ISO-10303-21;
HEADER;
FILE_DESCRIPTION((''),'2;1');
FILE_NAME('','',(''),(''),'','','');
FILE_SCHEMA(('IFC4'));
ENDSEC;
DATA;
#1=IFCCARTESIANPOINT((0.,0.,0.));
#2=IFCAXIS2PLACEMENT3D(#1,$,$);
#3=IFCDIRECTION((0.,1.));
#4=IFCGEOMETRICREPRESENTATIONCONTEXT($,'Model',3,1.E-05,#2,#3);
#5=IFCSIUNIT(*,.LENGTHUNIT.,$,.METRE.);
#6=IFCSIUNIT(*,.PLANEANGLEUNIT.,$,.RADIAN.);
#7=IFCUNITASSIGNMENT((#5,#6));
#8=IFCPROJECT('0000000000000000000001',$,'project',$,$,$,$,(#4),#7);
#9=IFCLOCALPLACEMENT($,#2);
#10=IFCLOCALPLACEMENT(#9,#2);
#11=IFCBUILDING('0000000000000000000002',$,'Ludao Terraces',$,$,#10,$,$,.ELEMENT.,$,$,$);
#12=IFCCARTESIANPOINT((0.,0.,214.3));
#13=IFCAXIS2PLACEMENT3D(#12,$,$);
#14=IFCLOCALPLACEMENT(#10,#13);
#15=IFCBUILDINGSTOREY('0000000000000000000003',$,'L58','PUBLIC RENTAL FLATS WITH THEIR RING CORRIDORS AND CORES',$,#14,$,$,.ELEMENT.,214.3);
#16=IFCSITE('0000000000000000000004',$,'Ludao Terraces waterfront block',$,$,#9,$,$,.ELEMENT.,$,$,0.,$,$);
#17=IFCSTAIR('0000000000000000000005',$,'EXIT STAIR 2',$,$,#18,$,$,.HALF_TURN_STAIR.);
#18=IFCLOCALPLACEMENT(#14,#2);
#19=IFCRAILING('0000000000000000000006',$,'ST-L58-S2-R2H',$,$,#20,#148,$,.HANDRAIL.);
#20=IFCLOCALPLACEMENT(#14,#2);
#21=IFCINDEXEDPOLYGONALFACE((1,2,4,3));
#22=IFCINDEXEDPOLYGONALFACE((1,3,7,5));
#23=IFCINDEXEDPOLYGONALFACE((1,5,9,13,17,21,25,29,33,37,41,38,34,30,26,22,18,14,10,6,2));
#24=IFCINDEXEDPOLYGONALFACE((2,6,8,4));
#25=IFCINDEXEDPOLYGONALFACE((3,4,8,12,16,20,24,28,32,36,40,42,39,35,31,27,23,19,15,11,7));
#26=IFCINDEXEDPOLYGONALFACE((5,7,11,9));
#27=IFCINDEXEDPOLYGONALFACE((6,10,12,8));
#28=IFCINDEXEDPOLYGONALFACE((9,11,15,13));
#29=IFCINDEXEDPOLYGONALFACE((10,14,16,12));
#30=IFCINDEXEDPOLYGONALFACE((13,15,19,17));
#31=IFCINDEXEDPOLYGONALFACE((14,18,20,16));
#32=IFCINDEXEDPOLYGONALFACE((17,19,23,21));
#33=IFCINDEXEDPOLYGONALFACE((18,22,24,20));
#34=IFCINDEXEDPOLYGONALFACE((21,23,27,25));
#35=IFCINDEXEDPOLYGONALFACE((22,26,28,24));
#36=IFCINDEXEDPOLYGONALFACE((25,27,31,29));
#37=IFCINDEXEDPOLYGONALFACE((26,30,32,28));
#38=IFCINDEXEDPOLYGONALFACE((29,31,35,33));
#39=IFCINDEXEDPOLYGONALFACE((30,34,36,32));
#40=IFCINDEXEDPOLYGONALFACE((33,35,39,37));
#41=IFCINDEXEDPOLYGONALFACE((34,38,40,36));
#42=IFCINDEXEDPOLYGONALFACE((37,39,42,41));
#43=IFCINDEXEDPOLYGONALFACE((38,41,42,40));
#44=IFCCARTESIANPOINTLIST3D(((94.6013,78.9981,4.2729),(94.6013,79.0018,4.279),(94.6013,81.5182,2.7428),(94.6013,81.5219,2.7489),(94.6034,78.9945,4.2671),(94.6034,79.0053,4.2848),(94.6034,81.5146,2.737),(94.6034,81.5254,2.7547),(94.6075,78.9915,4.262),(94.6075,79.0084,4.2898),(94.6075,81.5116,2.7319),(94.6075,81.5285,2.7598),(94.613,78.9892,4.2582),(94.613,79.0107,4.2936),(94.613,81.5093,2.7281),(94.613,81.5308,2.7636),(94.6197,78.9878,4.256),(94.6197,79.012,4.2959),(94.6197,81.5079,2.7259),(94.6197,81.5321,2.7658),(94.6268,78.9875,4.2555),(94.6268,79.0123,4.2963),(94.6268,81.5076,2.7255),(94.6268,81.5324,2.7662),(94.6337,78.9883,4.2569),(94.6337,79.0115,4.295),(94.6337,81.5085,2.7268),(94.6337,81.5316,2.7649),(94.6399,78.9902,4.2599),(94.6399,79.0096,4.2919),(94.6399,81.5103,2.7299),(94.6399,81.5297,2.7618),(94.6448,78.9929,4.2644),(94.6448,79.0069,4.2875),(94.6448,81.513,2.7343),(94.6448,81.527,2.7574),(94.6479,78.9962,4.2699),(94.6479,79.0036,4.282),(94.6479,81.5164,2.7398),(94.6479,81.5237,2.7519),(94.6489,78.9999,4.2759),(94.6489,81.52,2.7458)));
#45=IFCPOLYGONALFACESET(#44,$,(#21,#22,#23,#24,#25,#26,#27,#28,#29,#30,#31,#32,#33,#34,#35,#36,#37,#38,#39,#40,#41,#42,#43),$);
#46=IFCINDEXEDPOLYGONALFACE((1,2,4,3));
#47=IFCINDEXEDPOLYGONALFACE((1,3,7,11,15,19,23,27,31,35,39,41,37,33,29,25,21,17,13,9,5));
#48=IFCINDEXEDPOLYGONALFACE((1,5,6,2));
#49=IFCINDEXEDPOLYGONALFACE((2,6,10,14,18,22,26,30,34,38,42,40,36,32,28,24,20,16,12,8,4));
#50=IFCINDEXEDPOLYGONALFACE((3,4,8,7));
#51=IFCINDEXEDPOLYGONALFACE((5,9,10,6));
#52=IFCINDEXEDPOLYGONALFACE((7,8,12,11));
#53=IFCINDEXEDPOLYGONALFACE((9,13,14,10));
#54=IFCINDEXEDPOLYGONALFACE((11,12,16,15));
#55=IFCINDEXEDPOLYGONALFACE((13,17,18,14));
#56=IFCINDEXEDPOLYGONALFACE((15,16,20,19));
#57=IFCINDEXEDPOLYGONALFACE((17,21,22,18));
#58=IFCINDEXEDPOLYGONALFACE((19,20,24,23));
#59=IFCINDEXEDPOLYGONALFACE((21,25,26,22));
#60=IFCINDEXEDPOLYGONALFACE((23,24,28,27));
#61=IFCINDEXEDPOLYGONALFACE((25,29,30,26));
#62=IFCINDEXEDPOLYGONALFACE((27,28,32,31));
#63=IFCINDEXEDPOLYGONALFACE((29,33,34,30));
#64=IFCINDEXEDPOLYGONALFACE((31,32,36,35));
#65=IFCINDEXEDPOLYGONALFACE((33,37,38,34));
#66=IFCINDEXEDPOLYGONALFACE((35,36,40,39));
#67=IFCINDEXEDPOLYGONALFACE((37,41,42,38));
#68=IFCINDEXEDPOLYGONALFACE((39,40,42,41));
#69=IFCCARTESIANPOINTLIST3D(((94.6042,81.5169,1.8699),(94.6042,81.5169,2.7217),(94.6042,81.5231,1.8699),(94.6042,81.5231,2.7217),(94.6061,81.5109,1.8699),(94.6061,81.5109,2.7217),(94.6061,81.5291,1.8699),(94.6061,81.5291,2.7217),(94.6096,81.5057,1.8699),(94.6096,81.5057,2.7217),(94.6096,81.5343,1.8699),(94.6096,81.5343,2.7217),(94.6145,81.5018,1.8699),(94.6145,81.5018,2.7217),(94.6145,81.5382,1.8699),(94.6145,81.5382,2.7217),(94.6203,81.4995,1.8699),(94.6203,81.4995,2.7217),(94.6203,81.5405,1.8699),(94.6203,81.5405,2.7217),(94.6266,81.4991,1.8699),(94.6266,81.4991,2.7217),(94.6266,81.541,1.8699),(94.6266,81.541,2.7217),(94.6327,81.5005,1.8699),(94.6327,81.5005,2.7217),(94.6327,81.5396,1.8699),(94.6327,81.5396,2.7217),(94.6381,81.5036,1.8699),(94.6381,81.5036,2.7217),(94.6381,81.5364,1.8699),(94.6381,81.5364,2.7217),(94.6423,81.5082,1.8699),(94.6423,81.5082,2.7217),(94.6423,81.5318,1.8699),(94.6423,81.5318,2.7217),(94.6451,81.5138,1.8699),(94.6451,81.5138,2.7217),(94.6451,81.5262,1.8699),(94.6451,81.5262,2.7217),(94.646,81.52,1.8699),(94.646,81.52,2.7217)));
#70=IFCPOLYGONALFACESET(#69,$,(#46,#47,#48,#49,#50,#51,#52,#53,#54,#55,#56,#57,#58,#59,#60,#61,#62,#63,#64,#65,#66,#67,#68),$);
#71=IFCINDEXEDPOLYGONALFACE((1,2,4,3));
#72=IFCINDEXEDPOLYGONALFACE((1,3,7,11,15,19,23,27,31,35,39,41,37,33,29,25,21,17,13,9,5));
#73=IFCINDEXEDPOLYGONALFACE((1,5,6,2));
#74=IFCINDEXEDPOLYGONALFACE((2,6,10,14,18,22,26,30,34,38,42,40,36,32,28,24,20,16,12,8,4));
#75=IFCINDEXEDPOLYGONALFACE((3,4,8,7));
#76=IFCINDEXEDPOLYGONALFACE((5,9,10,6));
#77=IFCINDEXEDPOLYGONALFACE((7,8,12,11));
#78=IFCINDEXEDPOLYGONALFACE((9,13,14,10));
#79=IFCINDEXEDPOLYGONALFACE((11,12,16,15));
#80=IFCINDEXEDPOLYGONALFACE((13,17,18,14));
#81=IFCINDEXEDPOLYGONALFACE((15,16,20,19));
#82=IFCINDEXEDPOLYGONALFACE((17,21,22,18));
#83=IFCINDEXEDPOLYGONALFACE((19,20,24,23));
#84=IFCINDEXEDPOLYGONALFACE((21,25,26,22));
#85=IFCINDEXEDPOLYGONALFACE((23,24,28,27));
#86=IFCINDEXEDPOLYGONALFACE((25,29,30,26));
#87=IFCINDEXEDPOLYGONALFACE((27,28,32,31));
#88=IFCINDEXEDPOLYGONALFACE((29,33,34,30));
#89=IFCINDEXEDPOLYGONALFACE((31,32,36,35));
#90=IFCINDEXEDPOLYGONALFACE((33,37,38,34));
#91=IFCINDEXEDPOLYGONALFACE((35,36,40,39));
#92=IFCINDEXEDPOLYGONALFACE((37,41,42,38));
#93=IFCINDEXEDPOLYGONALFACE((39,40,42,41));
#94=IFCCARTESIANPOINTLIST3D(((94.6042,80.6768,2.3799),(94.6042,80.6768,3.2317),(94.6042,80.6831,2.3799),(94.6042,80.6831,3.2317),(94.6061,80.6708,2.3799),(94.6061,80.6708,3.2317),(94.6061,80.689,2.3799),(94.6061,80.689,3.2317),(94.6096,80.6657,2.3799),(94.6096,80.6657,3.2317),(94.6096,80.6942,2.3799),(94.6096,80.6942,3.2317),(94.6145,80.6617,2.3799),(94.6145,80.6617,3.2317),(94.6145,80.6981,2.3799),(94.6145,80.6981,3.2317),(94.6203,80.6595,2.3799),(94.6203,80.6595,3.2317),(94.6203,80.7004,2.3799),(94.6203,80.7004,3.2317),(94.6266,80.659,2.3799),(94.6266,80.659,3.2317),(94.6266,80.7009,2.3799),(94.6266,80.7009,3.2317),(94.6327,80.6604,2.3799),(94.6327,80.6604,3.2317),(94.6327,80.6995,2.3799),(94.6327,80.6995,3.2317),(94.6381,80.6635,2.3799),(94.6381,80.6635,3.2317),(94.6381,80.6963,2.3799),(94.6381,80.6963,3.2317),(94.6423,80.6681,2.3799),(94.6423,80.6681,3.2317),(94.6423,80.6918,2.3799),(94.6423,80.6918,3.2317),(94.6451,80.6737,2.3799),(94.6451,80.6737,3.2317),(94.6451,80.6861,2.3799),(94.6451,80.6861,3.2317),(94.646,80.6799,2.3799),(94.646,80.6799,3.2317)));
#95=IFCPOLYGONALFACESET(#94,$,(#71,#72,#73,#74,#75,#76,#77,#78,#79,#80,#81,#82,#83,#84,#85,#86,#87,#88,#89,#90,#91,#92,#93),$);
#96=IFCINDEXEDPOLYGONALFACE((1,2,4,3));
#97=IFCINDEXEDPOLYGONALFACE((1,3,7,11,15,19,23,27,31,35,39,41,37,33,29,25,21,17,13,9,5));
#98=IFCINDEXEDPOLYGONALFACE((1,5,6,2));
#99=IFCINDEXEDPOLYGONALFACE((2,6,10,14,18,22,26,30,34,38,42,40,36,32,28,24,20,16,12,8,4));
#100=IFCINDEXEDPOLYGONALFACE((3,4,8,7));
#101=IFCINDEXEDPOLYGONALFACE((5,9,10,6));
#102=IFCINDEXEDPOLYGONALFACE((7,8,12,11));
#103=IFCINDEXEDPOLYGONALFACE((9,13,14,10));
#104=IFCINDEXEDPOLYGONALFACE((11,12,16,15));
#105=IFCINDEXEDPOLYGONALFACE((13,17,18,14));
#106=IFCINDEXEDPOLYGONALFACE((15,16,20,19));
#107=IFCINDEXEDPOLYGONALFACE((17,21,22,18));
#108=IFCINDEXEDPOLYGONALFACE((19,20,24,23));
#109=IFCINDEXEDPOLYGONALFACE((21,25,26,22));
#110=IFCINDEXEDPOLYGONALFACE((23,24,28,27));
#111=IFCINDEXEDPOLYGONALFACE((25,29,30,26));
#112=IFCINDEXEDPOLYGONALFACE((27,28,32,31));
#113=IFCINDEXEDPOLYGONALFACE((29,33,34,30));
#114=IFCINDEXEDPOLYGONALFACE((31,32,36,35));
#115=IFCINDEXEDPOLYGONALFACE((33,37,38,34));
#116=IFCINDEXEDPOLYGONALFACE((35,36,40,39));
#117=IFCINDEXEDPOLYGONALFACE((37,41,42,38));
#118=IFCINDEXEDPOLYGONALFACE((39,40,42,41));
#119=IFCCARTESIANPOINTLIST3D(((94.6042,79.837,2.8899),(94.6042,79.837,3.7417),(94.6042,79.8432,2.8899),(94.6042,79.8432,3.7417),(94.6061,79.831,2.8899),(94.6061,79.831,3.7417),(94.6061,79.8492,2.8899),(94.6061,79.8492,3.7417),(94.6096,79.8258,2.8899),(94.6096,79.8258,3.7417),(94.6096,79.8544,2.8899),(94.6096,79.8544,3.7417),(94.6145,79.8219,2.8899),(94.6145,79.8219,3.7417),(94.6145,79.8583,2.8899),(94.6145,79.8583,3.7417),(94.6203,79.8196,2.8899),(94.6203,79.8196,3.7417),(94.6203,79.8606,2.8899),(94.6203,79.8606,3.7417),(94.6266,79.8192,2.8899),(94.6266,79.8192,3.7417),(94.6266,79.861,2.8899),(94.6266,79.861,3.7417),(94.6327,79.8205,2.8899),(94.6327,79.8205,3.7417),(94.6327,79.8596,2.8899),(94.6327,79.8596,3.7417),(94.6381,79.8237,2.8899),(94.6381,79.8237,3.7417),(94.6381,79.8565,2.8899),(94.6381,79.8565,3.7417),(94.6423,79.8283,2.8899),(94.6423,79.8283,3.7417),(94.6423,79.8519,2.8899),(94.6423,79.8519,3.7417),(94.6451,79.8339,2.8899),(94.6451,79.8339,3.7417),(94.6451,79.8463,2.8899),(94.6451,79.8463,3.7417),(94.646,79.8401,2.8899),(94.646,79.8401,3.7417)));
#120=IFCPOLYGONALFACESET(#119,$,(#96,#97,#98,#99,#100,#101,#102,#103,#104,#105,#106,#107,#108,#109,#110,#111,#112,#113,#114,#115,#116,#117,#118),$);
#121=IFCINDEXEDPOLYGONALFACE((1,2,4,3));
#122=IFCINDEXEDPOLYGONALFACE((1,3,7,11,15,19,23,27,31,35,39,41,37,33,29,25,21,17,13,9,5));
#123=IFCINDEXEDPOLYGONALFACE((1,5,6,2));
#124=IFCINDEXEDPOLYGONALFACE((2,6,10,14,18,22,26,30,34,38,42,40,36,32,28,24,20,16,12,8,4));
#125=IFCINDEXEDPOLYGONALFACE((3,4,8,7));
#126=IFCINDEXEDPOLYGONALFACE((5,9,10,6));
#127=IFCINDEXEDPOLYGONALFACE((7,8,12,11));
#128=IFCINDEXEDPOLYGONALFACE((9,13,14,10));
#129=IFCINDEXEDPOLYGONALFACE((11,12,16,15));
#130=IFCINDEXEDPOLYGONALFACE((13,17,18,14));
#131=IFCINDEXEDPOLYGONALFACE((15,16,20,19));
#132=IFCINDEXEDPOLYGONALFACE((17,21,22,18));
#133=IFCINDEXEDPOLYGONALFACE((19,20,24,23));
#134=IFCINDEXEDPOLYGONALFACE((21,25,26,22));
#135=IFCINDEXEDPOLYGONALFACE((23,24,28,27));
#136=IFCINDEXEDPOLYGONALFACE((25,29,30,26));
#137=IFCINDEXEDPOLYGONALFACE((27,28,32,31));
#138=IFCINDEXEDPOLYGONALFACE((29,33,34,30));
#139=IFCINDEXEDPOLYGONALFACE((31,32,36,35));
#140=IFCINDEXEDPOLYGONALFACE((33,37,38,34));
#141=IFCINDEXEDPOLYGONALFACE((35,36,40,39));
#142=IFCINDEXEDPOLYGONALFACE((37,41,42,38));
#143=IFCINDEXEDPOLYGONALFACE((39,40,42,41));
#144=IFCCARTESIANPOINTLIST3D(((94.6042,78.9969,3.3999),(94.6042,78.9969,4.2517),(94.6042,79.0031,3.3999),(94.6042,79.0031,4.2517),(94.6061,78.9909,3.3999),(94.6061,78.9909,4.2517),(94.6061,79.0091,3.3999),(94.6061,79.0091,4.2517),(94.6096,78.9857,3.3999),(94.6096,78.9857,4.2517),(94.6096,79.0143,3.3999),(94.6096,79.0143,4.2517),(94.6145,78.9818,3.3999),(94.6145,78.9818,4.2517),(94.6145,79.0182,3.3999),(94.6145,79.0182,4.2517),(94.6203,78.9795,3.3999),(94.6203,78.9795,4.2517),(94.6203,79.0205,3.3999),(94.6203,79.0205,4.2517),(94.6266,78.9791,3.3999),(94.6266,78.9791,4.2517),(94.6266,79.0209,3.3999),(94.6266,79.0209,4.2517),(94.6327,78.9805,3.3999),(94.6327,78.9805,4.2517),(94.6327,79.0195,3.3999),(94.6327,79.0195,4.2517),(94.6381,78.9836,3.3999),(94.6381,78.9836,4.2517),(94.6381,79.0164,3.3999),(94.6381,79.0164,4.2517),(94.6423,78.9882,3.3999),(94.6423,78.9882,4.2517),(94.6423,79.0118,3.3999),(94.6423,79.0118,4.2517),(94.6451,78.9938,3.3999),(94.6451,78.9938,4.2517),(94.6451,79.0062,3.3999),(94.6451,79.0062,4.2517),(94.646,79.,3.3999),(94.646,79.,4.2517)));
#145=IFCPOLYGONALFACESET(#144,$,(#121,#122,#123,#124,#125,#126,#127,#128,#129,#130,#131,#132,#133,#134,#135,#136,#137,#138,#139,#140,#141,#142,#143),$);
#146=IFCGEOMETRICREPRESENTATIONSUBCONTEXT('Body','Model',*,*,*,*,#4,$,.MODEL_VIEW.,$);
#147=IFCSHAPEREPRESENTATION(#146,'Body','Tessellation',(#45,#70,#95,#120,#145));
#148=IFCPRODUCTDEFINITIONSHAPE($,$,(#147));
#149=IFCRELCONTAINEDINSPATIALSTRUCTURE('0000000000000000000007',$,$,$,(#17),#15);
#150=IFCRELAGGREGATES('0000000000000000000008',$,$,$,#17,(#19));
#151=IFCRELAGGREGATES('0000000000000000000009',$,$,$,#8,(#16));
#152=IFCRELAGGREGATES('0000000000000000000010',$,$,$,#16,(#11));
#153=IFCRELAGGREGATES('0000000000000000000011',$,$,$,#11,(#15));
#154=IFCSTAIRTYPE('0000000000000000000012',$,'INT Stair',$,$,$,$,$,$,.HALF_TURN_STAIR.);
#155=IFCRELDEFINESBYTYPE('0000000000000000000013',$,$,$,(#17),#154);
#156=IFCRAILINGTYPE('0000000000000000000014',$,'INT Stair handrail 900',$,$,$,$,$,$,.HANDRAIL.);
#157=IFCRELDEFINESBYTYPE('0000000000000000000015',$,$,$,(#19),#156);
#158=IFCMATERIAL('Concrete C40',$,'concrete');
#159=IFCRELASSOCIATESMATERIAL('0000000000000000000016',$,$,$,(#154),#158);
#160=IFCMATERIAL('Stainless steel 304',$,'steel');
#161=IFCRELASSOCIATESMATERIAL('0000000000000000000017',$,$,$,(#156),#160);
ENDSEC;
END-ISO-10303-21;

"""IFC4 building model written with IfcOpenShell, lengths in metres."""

from ifc_helpers import new_model, si_unit, direction, frame, origin, origin_2d, place, context, subcontext, project, spatial, circle, extrude, material, type_object, element, aggregate, save


model = new_model("IFC4")

# Units and contexts
model_context = context("Model", 3, precision=1e-05, world=origin(), true_north=direction((0.0, 1.0)))
body_context = subcontext(model_context, "Body", "Model", "MODEL_VIEW")
ifc_project = project(units=[si_unit("LENGTHUNIT", "METRE"), si_unit("PLANEANGLEUNIT", "RADIAN")], contexts=[model_context])

# Site, building, storey
site_placement = place(None, origin())
site = spatial("IfcSite", under=ifc_project, at=site_placement, Name="Ludao Terraces waterfront block", CompositionType="ELEMENT", RefElevation=0.0)
building_placement = place(site_placement, origin())
building = spatial("IfcBuilding", under=site, at=building_placement, Name="Ludao Terraces", CompositionType="ELEMENT")
storey_placement = place(building_placement, frame((0.0, 0.0, 214.3)))
storey = spatial("IfcBuildingStorey", under=building, at=storey_placement, Name="L58", Description="PUBLIC RENTAL FLATS WITH THEIR RING CORRIDORS AND CORES", CompositionType="ELEMENT", Elevation=214.3)

# Shared definitions
ifc_material_1 = material(Name="Stainless steel 304", Category="steel")

# Stair, railing
ifc_material_2 = material(Name="Concrete C40", Category="concrete")
stair_type = type_object("IfcStairType", Name="INT Stair", PredefinedType="HALF_TURN_STAIR", material=ifc_material_2)
stair_placement = place(storey_placement, origin())
stair = element("IfcStair", 1, at=stair_placement, inside=storey, type_object=stair_type, Name="EXIT STAIR 2", PredefinedType="HALF_TURN_STAIR")
railing_type_1 = type_object("IfcRailingType", Name="INT Stair handrail 900", PredefinedType="HANDRAIL", material=ifc_material_1)
railing_1_placement = place(storey_placement, frame((94.625, 81.52, 1.8699)))
railing_1 = element("IfcRailing", 2, at=railing_1_placement, type_object=railing_type_1, Name="ST-L58-S2-R2H", PredefinedType="HANDRAIL", context=body_context, shape_type="SweptSolid", body=[
    extrude(circle(Radius=0.0239, at=origin_2d()), frame((0.0, 0.0, 0.876), z_axis=(0.0, -0.854785, 0.518982), x_axis=(1.0, 0.0, 0.0)), (0.0, 0.0, 1.0), 2.9482),
    extrude(circle(Radius=0.021, at=origin_2d()), origin(), (0.0, 0.0, 1.0), 0.8518),
    extrude(circle(Radius=0.021, at=origin_2d()), frame((0.0, -0.8401, 0.51)), (0.0, 0.0, 1.0), 0.8518),
    extrude(circle(Radius=0.021, at=origin_2d()), frame((0.0, -1.6799, 1.02)), (0.0, 0.0, 1.0), 0.8518),
    extrude(circle(Radius=0.021, at=origin_2d()), frame((0.0, -2.52, 1.53)), (0.0, 0.0, 1.0), 0.8518),
])
aggregate(stair, [railing_1])

save(model, "model.ifc")
